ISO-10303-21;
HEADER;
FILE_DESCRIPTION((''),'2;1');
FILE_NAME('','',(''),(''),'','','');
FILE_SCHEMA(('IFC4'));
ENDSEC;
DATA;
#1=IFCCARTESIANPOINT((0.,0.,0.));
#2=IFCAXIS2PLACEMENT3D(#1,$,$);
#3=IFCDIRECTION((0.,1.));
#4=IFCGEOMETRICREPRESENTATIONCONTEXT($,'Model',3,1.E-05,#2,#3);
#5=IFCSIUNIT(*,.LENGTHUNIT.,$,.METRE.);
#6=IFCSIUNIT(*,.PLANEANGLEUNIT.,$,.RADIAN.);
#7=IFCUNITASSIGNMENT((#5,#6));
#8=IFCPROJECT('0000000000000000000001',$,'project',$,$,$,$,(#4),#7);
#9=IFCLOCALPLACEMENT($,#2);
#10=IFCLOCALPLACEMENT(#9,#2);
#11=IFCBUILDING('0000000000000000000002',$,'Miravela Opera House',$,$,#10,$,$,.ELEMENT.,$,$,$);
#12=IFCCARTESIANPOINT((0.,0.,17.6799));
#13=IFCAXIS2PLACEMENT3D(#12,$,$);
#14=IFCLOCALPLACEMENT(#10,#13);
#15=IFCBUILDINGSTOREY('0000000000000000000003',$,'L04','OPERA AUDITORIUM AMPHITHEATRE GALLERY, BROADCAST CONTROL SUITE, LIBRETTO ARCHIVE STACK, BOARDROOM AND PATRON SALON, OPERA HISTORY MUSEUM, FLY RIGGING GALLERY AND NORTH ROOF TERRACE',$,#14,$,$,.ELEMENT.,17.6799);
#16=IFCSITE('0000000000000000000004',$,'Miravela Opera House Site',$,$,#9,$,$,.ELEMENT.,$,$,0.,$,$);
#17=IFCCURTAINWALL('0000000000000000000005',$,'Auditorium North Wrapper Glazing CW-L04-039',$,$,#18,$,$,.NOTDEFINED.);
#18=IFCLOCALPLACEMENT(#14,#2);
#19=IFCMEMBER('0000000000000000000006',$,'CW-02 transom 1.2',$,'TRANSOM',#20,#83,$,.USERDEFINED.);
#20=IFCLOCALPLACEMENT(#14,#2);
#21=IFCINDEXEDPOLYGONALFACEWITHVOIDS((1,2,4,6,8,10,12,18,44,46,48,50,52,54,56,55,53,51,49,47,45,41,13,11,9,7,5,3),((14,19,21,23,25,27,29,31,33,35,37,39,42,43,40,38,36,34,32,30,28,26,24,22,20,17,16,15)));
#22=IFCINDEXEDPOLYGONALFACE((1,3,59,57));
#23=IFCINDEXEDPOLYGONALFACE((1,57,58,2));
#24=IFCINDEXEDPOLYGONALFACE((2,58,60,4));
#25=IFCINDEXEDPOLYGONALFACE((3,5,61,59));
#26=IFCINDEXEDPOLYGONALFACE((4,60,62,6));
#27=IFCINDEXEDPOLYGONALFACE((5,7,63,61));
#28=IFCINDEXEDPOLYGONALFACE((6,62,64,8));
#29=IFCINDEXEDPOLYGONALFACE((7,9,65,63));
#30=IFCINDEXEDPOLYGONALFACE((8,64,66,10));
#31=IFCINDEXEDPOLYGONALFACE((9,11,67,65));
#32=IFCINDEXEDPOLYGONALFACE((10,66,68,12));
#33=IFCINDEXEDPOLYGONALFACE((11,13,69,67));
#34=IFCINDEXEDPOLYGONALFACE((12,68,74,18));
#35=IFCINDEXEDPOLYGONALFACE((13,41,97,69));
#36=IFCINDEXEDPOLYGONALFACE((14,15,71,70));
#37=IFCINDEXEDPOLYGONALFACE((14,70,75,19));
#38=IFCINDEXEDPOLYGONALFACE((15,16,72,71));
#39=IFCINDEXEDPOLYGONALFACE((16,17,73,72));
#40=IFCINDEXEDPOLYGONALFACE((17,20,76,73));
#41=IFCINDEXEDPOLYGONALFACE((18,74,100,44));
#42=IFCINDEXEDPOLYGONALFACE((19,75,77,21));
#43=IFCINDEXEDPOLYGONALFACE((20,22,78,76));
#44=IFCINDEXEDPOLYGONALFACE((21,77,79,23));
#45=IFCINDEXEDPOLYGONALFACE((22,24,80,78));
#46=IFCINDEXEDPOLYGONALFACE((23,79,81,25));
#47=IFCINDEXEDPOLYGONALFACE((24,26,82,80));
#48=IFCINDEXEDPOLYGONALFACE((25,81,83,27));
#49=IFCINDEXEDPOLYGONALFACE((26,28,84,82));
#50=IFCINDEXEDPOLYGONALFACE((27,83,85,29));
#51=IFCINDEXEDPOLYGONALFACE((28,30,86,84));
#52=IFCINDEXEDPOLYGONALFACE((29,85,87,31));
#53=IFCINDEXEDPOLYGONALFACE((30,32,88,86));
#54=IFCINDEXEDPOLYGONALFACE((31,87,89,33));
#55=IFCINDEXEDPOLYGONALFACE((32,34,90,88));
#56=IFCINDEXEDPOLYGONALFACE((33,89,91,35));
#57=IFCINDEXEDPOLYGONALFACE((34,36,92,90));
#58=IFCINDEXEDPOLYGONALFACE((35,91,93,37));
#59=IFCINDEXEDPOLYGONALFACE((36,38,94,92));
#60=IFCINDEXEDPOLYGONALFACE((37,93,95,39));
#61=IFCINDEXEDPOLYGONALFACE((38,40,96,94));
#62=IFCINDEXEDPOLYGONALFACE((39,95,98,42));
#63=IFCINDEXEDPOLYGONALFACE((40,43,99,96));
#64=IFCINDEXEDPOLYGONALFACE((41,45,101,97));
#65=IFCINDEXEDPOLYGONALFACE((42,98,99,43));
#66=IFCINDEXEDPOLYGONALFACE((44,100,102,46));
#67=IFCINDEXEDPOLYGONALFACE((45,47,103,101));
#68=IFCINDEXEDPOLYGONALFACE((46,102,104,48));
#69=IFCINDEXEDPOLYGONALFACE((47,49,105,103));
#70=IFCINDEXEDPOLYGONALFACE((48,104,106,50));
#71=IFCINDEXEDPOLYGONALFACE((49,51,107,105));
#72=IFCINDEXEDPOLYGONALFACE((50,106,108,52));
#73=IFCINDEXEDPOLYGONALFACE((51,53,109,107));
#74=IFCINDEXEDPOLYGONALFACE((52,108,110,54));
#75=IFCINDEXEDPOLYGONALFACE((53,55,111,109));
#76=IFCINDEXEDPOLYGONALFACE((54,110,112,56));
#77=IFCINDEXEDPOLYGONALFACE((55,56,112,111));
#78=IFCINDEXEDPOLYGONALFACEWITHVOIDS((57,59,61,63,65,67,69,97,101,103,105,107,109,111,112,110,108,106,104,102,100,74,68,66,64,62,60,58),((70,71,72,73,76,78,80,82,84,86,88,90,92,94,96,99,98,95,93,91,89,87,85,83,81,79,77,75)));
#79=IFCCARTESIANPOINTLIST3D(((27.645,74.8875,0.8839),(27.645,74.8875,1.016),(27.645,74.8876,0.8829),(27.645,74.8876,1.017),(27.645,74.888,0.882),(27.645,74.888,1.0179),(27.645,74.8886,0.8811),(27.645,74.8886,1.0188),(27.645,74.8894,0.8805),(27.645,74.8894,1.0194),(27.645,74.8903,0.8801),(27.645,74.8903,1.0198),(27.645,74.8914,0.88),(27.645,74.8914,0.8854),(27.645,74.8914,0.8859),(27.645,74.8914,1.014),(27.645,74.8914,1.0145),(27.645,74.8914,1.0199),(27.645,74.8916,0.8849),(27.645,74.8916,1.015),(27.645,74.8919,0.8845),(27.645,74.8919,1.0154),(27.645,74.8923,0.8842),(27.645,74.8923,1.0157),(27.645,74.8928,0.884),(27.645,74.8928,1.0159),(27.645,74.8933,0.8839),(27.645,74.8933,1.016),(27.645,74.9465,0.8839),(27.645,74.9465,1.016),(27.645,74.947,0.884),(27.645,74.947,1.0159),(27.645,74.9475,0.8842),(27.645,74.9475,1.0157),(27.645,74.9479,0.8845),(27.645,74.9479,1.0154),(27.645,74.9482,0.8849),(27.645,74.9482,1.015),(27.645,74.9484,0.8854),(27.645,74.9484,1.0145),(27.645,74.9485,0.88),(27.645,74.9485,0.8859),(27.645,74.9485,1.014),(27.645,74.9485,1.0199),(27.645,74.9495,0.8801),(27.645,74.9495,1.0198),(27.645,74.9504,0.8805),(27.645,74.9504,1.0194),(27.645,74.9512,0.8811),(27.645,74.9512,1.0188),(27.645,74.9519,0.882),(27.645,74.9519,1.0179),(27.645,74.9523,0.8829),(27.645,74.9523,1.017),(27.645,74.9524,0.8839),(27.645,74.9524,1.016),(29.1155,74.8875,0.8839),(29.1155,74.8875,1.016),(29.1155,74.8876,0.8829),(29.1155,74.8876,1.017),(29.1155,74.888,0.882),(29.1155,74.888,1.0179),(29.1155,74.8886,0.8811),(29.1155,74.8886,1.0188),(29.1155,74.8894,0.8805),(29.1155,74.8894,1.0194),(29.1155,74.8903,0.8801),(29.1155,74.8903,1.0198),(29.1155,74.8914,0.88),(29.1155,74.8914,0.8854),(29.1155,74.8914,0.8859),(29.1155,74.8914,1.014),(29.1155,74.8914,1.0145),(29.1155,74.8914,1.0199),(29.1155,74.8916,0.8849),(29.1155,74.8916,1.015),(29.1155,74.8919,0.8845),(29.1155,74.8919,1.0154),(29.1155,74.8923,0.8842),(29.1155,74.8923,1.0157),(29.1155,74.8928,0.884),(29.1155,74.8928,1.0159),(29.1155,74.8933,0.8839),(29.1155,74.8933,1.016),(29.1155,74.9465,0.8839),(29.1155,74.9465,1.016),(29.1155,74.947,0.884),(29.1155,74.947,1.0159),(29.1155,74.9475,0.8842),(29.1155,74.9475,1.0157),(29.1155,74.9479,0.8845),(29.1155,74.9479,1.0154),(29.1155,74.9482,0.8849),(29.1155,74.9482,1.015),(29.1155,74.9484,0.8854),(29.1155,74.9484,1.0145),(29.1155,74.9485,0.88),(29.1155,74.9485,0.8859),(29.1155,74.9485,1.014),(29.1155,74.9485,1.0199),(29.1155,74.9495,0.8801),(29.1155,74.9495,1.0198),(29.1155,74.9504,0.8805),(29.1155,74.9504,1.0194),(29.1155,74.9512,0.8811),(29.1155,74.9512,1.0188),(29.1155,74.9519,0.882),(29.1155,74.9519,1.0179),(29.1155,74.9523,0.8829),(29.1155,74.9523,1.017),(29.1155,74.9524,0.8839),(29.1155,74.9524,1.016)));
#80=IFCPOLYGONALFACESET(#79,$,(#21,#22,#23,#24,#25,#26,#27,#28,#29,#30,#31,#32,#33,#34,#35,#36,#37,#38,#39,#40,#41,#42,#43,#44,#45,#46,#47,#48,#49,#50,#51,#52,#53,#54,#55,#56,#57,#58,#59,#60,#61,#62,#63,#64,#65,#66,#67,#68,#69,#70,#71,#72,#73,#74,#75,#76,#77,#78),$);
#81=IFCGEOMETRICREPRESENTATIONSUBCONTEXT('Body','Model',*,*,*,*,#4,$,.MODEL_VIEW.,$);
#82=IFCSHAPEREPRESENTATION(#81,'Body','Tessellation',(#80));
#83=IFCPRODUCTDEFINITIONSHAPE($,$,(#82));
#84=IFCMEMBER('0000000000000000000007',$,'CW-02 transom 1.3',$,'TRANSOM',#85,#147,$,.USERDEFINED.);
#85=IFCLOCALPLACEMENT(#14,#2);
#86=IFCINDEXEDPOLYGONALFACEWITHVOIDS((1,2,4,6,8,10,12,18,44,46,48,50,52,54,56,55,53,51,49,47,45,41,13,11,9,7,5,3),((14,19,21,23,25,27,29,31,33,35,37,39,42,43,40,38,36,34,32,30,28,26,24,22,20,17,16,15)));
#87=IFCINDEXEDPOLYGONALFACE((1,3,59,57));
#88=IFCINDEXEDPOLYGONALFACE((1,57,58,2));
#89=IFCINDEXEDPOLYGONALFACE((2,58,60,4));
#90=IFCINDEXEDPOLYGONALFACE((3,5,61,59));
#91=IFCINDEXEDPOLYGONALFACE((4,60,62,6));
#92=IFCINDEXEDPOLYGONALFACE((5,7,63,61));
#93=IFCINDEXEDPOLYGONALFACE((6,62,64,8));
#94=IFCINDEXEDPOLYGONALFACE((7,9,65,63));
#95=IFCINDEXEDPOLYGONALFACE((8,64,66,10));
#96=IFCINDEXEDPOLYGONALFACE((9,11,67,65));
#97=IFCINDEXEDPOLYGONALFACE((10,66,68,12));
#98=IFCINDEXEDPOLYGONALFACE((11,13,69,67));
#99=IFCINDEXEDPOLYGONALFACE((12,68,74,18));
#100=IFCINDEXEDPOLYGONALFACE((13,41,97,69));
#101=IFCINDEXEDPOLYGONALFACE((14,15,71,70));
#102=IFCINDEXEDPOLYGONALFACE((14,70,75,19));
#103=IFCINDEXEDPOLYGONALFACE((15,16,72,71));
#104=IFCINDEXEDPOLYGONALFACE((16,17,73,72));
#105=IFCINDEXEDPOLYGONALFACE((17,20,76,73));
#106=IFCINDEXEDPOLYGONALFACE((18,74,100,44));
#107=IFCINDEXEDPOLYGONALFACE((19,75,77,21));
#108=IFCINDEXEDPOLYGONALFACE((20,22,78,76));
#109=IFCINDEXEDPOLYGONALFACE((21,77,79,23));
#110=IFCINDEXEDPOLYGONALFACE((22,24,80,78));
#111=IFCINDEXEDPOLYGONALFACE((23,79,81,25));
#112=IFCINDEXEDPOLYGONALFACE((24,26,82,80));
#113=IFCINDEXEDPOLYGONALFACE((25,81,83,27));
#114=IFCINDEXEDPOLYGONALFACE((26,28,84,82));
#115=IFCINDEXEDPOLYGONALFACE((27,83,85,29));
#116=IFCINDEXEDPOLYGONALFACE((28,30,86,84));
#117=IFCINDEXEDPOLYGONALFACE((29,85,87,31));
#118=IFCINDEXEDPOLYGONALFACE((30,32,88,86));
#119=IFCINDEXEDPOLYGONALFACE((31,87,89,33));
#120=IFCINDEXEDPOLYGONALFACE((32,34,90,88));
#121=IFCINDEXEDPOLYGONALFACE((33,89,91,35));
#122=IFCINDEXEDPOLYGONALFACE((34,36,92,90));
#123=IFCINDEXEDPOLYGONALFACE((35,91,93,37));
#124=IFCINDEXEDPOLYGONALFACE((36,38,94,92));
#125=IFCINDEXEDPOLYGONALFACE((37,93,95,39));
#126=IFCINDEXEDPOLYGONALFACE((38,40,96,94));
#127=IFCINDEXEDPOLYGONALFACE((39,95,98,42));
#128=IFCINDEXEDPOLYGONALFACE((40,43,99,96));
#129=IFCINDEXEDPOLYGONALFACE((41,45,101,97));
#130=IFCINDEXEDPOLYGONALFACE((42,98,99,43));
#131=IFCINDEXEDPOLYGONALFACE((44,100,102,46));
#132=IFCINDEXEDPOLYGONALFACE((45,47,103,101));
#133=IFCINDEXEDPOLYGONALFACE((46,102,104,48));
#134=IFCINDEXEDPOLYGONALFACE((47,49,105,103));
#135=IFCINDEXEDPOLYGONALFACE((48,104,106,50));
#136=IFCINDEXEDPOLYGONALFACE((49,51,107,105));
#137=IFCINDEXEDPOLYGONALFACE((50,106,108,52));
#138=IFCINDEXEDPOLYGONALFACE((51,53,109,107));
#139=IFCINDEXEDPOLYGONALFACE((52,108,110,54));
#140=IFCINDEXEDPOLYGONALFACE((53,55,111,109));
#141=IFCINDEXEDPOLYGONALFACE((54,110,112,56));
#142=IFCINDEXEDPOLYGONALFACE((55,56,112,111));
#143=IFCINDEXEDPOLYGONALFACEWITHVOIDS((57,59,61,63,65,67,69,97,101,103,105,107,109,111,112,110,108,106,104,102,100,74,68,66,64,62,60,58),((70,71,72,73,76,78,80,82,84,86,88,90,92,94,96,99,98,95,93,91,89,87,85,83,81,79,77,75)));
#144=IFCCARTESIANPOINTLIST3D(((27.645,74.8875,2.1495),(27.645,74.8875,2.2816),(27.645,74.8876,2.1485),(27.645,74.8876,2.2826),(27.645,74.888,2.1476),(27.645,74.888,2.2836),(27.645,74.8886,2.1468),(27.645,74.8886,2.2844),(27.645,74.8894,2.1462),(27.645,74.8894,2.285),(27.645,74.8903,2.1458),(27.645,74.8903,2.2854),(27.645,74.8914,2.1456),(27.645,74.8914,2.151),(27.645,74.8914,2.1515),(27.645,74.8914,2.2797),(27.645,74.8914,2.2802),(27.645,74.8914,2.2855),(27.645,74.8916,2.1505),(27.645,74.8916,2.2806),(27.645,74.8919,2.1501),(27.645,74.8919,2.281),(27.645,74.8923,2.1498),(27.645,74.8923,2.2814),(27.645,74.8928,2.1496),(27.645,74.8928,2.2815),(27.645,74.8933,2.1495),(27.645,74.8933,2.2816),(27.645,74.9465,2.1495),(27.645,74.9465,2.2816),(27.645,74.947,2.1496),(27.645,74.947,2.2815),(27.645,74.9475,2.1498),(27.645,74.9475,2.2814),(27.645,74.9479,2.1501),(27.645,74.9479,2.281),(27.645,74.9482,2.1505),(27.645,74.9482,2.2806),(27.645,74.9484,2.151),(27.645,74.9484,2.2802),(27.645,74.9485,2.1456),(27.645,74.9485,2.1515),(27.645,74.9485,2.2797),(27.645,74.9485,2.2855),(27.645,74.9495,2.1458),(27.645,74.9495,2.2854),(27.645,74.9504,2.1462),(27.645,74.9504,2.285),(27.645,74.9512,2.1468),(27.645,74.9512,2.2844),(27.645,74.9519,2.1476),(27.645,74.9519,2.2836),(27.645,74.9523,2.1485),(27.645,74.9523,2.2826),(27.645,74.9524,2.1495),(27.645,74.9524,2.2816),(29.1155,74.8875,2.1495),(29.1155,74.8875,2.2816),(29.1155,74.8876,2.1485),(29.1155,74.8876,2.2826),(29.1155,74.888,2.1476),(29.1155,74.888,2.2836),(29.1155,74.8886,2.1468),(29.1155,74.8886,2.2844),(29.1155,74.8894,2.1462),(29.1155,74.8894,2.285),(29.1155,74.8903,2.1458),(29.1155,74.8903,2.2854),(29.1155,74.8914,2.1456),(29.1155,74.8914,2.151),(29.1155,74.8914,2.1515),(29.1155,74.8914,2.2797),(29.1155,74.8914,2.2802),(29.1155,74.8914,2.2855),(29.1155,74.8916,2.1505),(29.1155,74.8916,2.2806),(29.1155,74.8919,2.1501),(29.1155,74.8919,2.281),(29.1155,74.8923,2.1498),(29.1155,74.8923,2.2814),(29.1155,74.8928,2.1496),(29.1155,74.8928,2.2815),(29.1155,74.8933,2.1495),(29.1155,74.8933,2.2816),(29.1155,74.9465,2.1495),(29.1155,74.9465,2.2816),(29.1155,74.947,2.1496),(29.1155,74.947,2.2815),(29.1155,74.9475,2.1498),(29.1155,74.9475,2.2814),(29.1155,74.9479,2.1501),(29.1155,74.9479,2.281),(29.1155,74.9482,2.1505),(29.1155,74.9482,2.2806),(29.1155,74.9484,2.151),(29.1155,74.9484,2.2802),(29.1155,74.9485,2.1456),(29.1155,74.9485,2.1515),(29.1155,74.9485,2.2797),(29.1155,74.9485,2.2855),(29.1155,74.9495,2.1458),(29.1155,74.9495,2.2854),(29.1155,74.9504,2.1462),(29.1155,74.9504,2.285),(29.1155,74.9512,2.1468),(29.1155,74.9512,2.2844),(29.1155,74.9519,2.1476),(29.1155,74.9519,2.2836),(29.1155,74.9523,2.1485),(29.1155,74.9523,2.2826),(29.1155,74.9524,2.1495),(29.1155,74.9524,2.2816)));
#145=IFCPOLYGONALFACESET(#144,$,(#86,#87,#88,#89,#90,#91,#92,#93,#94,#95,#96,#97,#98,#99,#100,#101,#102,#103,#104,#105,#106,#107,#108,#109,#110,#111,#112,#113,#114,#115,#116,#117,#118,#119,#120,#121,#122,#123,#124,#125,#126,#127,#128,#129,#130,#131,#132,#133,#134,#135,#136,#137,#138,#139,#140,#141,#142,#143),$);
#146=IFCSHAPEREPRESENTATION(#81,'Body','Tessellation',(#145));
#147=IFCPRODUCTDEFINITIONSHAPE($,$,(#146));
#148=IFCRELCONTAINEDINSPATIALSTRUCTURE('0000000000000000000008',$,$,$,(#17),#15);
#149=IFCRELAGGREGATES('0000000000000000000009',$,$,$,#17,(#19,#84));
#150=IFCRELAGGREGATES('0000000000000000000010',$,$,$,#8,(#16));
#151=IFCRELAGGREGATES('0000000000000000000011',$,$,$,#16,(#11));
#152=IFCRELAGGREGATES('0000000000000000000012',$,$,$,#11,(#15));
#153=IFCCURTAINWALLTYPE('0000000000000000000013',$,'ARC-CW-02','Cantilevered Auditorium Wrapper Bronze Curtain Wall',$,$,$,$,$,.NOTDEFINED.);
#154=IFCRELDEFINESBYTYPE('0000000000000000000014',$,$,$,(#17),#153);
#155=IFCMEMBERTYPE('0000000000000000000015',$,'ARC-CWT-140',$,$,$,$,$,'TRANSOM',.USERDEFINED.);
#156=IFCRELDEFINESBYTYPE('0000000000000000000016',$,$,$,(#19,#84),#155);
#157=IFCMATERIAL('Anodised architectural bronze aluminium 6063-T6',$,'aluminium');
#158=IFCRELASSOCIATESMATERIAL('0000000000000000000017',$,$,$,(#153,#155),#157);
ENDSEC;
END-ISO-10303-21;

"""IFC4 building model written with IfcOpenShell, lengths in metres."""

from ifc_helpers import new_model, si_unit, direction, frame, origin, origin_2d, place, context, subcontext, project, spatial, hollow_rectangle, extrude, material, material_profile, profile_set, type_object, element, aggregate, save


model = new_model("IFC4")

# Units and contexts
model_context = context("Model", 3, precision=1e-05, world=origin(), true_north=direction((0.0, 1.0)))
body_context = subcontext(model_context, "Body", "Model", "MODEL_VIEW")
ifc_project = project(units=[si_unit("LENGTHUNIT", "METRE"), si_unit("PLANEANGLEUNIT", "RADIAN")], contexts=[model_context])

# Site, building, storey
site_placement = place(None, origin())
site = spatial("IfcSite", under=ifc_project, at=site_placement, Name="Miravela Opera House Site", CompositionType="ELEMENT", RefElevation=0.0)
building_placement = place(site_placement, origin())
building = spatial("IfcBuilding", under=site, at=building_placement, Name="Miravela Opera House", CompositionType="ELEMENT")
storey_placement = place(building_placement, frame((0.0, 0.0, 17.6799)))
storey = spatial("IfcBuildingStorey", under=building, at=storey_placement, Name="L04", Description="OPERA AUDITORIUM AMPHITHEATRE GALLERY, BROADCAST CONTROL SUITE, LIBRETTO ARCHIVE STACK, BOARDROOM AND PATRON SALON, OPERA HISTORY MUSEUM, FLY RIGGING GALLERY AND NORTH ROOF TERRACE", CompositionType="ELEMENT", Elevation=17.6799)

# Shared definitions
ifc_material_1 = material(Name="Anodised architectural bronze aluminium 6063-T6", Category="aluminium")
curtain_wall_type = type_object("IfcCurtainWallType", Name="ARC-CW-02", Description="Cantilevered Auditorium Wrapper Bronze Curtain Wall", PredefinedType="NOTDEFINED", material=ifc_material_1)

# Curtain wall
curtain_wall_1_placement = place(storey_placement, origin())
curtain_wall_1 = element("IfcCurtainWall", 1, at=curtain_wall_1_placement, inside=storey, type_object=curtain_wall_type, Name="Auditorium North Wrapper Glazing CW-L04-039", PredefinedType="NOTDEFINED")

# Members
ifc_material_profile_1 = material_profile(ifc_material_1, hollow_rectangle(XDim=0.0649, YDim=0.1399, WallThickness=0.0039, InnerFilletRadius=0.002, OuterFilletRadius=0.0039, at=origin_2d()), Name="CWT-65X140")
ifc_profile_set_1 = profile_set([ifc_material_profile_1])
member_type_1 = type_object("IfcMemberType", Name="ARC-CWT-140", ElementType="TRANSOM", PredefinedType="USERDEFINED", material=ifc_profile_set_1)
member_1_placement = place(storey_placement, frame((27.645, 74.9199, 0.95), z_axis=(1.0, 0.0, 0.0), x_axis=(0.0, 1.0, 0.0)))
member_1 = element("IfcMember", 2, at=member_1_placement, type_object=member_type_1, Name="CW-02 transom 1.2", ObjectType="TRANSOM", PredefinedType="USERDEFINED", context=body_context, shape_type="SweptSolid", body=[
    extrude(hollow_rectangle(XDim=0.0649, YDim=0.1399, WallThickness=0.0039, InnerFilletRadius=0.002, OuterFilletRadius=0.0039, at=origin_2d()), origin(), (0.0, 0.0, 1.0), 1.4705),
])
member_2_placement = place(storey_placement, frame((27.645, 74.9199, 2.2156), z_axis=(1.0, 0.0, 0.0), x_axis=(0.0, 1.0, 0.0)))
member_2 = element("IfcMember", 3, at=member_2_placement, type_object=member_type_1, Name="CW-02 transom 1.3", ObjectType="TRANSOM", PredefinedType="USERDEFINED", context=body_context, shape_type="SweptSolid", body=[
    extrude(hollow_rectangle(XDim=0.0649, YDim=0.1399, WallThickness=0.0039, InnerFilletRadius=0.002, OuterFilletRadius=0.0039, at=origin_2d()), origin(), (0.0, 0.0, 1.0), 1.4705),
])

aggregate(curtain_wall_1, [member_1, member_2])

save(model, "model.ifc")
